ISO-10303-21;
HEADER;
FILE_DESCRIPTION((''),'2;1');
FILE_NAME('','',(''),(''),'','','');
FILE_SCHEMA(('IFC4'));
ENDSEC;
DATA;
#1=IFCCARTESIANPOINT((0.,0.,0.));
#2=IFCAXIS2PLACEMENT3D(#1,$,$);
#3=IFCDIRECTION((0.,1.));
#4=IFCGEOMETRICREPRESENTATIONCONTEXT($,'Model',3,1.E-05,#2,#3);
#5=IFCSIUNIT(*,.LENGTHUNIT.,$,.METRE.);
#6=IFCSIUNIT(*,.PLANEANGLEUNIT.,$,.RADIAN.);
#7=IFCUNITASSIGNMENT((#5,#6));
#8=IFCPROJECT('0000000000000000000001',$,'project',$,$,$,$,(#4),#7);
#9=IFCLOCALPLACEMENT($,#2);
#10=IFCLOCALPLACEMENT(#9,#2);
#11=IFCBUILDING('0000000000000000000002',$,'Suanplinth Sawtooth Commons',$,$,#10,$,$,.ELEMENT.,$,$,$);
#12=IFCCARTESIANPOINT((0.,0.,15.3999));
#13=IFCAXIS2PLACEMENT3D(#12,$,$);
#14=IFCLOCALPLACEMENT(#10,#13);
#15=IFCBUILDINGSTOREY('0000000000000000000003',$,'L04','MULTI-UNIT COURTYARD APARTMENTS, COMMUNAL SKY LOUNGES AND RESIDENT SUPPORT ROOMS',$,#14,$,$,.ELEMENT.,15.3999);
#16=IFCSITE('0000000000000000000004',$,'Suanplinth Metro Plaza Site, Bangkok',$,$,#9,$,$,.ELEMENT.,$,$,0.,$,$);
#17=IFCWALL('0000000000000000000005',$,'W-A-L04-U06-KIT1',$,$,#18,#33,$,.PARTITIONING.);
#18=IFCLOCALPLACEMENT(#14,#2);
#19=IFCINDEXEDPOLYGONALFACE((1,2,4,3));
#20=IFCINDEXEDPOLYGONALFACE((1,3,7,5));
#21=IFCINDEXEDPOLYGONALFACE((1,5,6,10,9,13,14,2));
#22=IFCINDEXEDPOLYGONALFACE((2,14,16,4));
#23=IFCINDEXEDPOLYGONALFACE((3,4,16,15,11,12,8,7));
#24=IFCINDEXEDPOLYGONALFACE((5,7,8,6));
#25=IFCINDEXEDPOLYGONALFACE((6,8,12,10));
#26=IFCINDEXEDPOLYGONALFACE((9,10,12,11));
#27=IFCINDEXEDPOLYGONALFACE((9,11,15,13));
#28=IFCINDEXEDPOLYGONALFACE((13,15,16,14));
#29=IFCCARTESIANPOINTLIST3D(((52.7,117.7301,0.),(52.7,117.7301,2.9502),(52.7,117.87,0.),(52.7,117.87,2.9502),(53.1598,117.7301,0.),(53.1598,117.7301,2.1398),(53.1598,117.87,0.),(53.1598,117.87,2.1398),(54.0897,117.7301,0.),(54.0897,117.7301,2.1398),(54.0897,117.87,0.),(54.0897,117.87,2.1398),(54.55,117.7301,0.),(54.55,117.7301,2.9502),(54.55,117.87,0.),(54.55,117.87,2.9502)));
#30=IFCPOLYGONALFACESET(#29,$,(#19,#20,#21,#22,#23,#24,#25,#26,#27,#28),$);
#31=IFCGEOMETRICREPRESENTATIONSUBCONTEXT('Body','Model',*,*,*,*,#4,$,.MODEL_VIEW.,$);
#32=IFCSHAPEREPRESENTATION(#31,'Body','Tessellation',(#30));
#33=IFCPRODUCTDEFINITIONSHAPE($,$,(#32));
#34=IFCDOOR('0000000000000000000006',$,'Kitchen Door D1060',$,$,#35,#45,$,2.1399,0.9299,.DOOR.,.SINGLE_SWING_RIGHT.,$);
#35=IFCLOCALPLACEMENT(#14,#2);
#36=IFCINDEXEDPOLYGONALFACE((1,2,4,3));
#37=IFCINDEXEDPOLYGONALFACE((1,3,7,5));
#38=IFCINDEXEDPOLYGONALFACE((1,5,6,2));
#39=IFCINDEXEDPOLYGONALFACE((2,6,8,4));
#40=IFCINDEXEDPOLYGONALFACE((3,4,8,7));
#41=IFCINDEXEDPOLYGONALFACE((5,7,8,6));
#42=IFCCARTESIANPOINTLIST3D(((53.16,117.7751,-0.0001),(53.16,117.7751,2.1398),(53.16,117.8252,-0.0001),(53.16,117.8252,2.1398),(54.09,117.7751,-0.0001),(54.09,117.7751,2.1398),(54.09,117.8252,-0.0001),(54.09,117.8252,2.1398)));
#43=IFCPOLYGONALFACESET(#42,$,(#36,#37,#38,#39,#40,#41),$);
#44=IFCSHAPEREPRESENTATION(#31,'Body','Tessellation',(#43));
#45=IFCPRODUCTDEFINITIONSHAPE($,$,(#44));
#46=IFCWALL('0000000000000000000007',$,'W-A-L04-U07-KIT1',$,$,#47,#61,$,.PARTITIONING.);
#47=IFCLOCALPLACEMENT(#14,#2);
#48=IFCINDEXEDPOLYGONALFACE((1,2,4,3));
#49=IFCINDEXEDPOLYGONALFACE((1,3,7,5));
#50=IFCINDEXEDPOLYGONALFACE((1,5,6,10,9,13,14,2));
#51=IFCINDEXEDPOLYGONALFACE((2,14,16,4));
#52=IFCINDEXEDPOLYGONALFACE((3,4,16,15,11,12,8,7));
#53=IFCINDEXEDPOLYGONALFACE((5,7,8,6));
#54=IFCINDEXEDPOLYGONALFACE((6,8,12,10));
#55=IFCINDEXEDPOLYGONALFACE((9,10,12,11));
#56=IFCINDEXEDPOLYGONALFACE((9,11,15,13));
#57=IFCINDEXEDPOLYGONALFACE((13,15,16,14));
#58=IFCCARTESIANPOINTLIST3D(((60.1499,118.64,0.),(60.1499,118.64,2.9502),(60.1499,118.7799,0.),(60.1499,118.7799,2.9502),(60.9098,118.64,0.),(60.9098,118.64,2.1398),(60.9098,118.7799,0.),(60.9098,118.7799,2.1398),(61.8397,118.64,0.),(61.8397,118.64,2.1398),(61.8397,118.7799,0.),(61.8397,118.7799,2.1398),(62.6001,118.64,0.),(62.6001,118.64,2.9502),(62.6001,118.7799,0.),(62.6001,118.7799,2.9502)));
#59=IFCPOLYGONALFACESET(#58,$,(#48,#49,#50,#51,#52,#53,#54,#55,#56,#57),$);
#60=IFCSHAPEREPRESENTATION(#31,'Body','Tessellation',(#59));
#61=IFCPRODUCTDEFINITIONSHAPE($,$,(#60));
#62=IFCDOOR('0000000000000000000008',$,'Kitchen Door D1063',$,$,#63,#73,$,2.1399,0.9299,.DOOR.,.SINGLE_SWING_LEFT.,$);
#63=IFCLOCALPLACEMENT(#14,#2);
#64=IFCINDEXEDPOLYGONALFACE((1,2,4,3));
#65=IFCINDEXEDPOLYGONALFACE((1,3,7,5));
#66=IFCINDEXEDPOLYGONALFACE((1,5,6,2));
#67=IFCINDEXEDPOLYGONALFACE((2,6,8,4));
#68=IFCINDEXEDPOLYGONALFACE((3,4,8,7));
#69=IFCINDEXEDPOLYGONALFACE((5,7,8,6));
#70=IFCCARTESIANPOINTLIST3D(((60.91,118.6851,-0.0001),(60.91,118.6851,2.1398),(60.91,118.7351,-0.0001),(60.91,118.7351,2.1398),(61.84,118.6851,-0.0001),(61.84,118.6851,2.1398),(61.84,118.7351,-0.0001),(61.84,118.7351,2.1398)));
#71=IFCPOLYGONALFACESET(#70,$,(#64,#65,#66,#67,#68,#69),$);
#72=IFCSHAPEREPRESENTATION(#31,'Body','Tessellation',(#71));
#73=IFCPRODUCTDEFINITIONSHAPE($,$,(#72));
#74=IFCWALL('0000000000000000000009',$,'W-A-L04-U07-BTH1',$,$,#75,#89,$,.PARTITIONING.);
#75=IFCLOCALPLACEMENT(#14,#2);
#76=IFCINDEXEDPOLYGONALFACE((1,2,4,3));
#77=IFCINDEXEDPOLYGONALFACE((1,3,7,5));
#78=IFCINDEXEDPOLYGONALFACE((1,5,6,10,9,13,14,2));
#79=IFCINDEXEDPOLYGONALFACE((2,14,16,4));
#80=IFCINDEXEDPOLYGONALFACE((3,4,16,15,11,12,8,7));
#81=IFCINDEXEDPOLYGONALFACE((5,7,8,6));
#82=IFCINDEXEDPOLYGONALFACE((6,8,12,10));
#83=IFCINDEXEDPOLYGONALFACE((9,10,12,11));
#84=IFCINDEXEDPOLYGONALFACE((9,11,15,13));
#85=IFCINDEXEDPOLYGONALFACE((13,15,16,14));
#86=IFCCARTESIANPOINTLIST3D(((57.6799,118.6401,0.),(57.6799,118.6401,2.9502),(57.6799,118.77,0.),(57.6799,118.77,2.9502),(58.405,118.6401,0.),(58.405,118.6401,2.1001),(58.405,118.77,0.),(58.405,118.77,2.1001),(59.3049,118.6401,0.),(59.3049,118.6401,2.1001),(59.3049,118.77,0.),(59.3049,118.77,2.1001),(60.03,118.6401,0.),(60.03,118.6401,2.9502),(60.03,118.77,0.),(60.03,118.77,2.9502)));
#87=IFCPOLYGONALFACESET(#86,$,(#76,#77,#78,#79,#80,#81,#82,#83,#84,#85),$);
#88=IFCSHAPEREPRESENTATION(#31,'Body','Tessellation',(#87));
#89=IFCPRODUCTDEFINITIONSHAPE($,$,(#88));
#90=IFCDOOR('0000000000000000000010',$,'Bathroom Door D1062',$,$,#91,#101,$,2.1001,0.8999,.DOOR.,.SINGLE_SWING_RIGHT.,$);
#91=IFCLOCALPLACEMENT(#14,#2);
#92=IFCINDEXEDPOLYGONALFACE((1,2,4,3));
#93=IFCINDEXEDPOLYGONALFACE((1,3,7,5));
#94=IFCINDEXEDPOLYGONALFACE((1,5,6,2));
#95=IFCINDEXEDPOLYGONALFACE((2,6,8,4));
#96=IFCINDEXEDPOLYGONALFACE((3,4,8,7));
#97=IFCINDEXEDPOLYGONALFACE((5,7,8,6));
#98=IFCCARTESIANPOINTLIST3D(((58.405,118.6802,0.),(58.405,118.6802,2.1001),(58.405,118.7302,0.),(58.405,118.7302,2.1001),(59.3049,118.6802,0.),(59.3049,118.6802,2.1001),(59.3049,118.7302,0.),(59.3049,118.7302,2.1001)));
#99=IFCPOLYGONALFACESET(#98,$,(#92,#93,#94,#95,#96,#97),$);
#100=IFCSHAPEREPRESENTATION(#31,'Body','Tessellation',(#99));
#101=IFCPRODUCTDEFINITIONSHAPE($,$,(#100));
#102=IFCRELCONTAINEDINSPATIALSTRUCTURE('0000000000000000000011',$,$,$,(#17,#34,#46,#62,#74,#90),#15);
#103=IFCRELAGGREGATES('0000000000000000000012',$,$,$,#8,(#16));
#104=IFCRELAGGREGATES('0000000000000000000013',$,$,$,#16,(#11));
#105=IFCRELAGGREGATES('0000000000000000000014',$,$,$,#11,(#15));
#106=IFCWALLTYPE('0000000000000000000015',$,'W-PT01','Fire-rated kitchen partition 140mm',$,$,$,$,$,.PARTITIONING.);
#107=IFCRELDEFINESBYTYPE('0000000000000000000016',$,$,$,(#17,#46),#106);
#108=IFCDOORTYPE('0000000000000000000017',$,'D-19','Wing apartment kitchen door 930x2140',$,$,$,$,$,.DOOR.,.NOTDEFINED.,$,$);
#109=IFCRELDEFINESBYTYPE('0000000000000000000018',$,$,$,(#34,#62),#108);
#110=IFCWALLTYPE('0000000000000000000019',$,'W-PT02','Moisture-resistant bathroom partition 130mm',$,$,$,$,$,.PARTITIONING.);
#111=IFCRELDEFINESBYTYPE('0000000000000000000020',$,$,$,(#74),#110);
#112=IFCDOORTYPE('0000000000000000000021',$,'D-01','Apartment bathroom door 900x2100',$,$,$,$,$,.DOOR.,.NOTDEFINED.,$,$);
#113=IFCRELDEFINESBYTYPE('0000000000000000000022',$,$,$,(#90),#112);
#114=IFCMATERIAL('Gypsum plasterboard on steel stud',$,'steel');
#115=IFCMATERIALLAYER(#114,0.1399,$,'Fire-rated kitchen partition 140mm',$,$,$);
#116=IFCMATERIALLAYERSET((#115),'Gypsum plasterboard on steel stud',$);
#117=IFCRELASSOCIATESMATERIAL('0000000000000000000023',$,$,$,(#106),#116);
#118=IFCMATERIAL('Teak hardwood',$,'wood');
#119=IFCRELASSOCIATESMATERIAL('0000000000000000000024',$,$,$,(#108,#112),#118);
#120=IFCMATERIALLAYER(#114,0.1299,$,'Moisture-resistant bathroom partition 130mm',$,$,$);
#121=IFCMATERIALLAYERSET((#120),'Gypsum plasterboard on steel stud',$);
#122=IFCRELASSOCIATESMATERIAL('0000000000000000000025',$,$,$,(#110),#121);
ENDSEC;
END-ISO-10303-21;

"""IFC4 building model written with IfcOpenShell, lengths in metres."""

from ifc_helpers import new_model, si_unit, direction, frame, frame_2d, origin, place, context, subcontext, project, spatial, rectangle, extrude, material, layer, layer_set, type_object, element, fill, save


model = new_model("IFC4")

# Units and contexts
model_context = context("Model", 3, precision=1e-05, world=origin(), true_north=direction((0.0, 1.0)))
body_context = subcontext(model_context, "Body", "Model", "MODEL_VIEW")
ifc_project = project(units=[si_unit("LENGTHUNIT", "METRE"), si_unit("PLANEANGLEUNIT", "RADIAN")], contexts=[model_context])

# Site, building, storey
site_placement = place(None, origin())
site = spatial("IfcSite", under=ifc_project, at=site_placement, Name="Suanplinth Metro Plaza Site, Bangkok", CompositionType="ELEMENT", RefElevation=0.0)
building_placement = place(site_placement, origin())
building = spatial("IfcBuilding", under=site, at=building_placement, Name="Suanplinth Sawtooth Commons", CompositionType="ELEMENT")
storey_placement = place(building_placement, frame((0.0, 0.0, 15.3999)))
storey = spatial("IfcBuildingStorey", under=building, at=storey_placement, Name="L04", Description="MULTI-UNIT COURTYARD APARTMENTS, COMMUNAL SKY LOUNGES AND RESIDENT SUPPORT ROOMS", CompositionType="ELEMENT", Elevation=15.3999)

# Walls, openings, doors
ifc_material_1 = material(Name="Gypsum plasterboard on steel stud", Category="steel")
ifc_layer_1 = layer(ifc_material_1, 0.1399, Name="Fire-rated kitchen partition 140mm")
ifc_layer_set_1 = layer_set([ifc_layer_1], Name="Gypsum plasterboard on steel stud")
wall_type_1 = type_object("IfcWallType", Name="W-PT01", Description="Fire-rated kitchen partition 140mm", PredefinedType="PARTITIONING", material=ifc_layer_set_1)
wall_1_placement = place(storey_placement, frame((52.7, 117.8, 0.0), z_axis=(0.0, 0.0, 1.0), x_axis=(1.0, 0.0, 0.0)))
wall_1 = element("IfcWall", 1, at=wall_1_placement, inside=storey, type_object=wall_type_1, Name="W-A-L04-U06-KIT1", PredefinedType="PARTITIONING", context=body_context, shape_type="SweptSolid", body=[
    extrude(rectangle(XDim=1.8501, YDim=0.1399, at=frame_2d((0.925, 0.0))), origin(), (0.0, 0.0, 1.0), 2.9502),
])
opening_1_placement = place(wall_1_placement, frame((0.46, 0.0, 0.0)))
opening_1 = element("IfcOpeningElement", 2, at=opening_1_placement, cuts=wall_1, PredefinedType="OPENING", context=body_context, shape_type="SweptSolid", body=[
    extrude(rectangle(XDim=0.9299, YDim=2.1399, at=frame_2d((0.4648, 1.0698))), frame((0.0, 0.085, 0.0), z_axis=(0.0, -1.0, 0.0), x_axis=(1.0, 0.0, 0.0)), (0.0, 0.0, 1.0), 0.1697),
])
ifc_material_2 = material(Name="Teak hardwood", Category="wood")
door_type_1 = type_object("IfcDoorType", Name="D-19", Description="Wing apartment kitchen door 930x2140", OperationType="NOTDEFINED", PredefinedType="DOOR", material=ifc_material_2)
door_1_placement = place(opening_1_placement, frame((0.9299, 0.0, 0.0), z_axis=(0.0, 0.0, 1.0), x_axis=(-1.0, 0.0, 0.0)))
door_1 = element("IfcDoor", 3, at=door_1_placement, inside=storey, type_object=door_type_1, Name="Kitchen Door D1060", OperationType="SINGLE_SWING_RIGHT", OverallHeight=2.1399, OverallWidth=0.9299, PredefinedType="DOOR", context=body_context, shape_type="SweptSolid", body=[
    extrude(rectangle(XDim=0.9299, YDim=2.1399, at=frame_2d((0.4648, 1.0698))), frame((0.0, 0.0249, 0.0), z_axis=(0.0, -1.0, 0.0), x_axis=(1.0, 0.0, 0.0)), (0.0, 0.0, 1.0), 0.05),
])
fill(opening_1, door_1)
wall_2_placement = place(storey_placement, frame((60.1499, 118.71, 0.0), z_axis=(0.0, 0.0, 1.0), x_axis=(1.0, 0.0, 0.0)))
wall_2 = element("IfcWall", 4, at=wall_2_placement, inside=storey, type_object=wall_type_1, Name="W-A-L04-U07-KIT1", PredefinedType="PARTITIONING", context=body_context, shape_type="SweptSolid", body=[
    extrude(rectangle(XDim=2.4502, YDim=0.1399, at=frame_2d((1.2251, 0.0))), origin(), (0.0, 0.0, 1.0), 2.9502),
])
opening_2_placement = place(wall_2_placement, frame((0.76, 0.0, 0.0)))
opening_2 = element("IfcOpeningElement", 5, at=opening_2_placement, cuts=wall_2, PredefinedType="OPENING", context=body_context, shape_type="SweptSolid", body=[
    extrude(rectangle(XDim=0.9299, YDim=2.1399, at=frame_2d((0.4648, 1.0698))), frame((0.0, 0.085, 0.0), z_axis=(0.0, -1.0, 0.0), x_axis=(1.0, 0.0, 0.0)), (0.0, 0.0, 1.0), 0.1697),
])
door_2_placement = place(opening_2_placement, frame((0.9299, 0.0, 0.0), z_axis=(0.0, 0.0, 1.0), x_axis=(-1.0, 0.0, 0.0)))
door_2 = element("IfcDoor", 6, at=door_2_placement, inside=storey, type_object=door_type_1, Name="Kitchen Door D1063", OperationType="SINGLE_SWING_LEFT", OverallHeight=2.1399, OverallWidth=0.9299, PredefinedType="DOOR", context=body_context, shape_type="SweptSolid", body=[
    extrude(rectangle(XDim=0.9299, YDim=2.1399, at=frame_2d((0.4648, 1.0698))), frame((0.0, 0.0249, 0.0), z_axis=(0.0, -1.0, 0.0), x_axis=(1.0, 0.0, 0.0)), (0.0, 0.0, 1.0), 0.05),
])
fill(opening_2, door_2)
ifc_layer_2 = layer(ifc_material_1, 0.1299, Name="Moisture-resistant bathroom partition 130mm")
ifc_layer_set_2 = layer_set([ifc_layer_2], Name="Gypsum plasterboard on steel stud")
wall_type_2 = type_object("IfcWallType", Name="W-PT02", Description="Moisture-resistant bathroom partition 130mm", PredefinedType="PARTITIONING", material=ifc_layer_set_2)
wall_3_placement = place(storey_placement, frame((57.6799, 118.7051, 0.0), z_axis=(0.0, 0.0, 1.0), x_axis=(1.0, 0.0, 0.0)))
wall_3 = element("IfcWall", 7, at=wall_3_placement, inside=storey, type_object=wall_type_2, Name="W-A-L04-U07-BTH1", PredefinedType="PARTITIONING", context=body_context, shape_type="SweptSolid", body=[
    extrude(rectangle(XDim=2.3501, YDim=0.1299, at=frame_2d((1.175, 0.0))), origin(), (0.0, 0.0, 1.0), 2.9502),
])
opening_3_placement = place(wall_3_placement, frame((0.7251, 0.0, 0.0)))
opening_3 = element("IfcOpeningElement", 8, at=opening_3_placement, cuts=wall_3, PredefinedType="OPENING", context=body_context, shape_type="SweptSolid", body=[
    extrude(rectangle(XDim=0.8999, YDim=2.1001, at=frame_2d((0.45, 1.05))), frame((0.0, 0.0798, 0.0), z_axis=(0.0, -1.0, 0.0), x_axis=(1.0, 0.0, 0.0)), (0.0, 0.0, 1.0), 0.1597),
])
door_type_2 = type_object("IfcDoorType", Name="D-01", Description="Apartment bathroom door 900x2100", OperationType="NOTDEFINED", PredefinedType="DOOR", material=ifc_material_2)
door_3_placement = place(opening_3_placement, frame((0.8999, 0.0, 0.0), z_axis=(0.0, 0.0, 1.0), x_axis=(-1.0, 0.0, 0.0)))
door_3 = element("IfcDoor", 9, at=door_3_placement, inside=storey, type_object=door_type_2, Name="Bathroom Door D1062", OperationType="SINGLE_SWING_RIGHT", OverallHeight=2.1001, OverallWidth=0.8999, PredefinedType="DOOR", context=body_context, shape_type="SweptSolid", body=[
    extrude(rectangle(XDim=0.8999, YDim=2.1001, at=frame_2d((0.45, 1.05))), frame((0.0, 0.0249, 0.0), z_axis=(0.0, -1.0, 0.0), x_axis=(1.0, 0.0, 0.0)), (0.0, 0.0, 1.0), 0.05),
])
fill(opening_3, door_3)

save(model, "model.ifc")
